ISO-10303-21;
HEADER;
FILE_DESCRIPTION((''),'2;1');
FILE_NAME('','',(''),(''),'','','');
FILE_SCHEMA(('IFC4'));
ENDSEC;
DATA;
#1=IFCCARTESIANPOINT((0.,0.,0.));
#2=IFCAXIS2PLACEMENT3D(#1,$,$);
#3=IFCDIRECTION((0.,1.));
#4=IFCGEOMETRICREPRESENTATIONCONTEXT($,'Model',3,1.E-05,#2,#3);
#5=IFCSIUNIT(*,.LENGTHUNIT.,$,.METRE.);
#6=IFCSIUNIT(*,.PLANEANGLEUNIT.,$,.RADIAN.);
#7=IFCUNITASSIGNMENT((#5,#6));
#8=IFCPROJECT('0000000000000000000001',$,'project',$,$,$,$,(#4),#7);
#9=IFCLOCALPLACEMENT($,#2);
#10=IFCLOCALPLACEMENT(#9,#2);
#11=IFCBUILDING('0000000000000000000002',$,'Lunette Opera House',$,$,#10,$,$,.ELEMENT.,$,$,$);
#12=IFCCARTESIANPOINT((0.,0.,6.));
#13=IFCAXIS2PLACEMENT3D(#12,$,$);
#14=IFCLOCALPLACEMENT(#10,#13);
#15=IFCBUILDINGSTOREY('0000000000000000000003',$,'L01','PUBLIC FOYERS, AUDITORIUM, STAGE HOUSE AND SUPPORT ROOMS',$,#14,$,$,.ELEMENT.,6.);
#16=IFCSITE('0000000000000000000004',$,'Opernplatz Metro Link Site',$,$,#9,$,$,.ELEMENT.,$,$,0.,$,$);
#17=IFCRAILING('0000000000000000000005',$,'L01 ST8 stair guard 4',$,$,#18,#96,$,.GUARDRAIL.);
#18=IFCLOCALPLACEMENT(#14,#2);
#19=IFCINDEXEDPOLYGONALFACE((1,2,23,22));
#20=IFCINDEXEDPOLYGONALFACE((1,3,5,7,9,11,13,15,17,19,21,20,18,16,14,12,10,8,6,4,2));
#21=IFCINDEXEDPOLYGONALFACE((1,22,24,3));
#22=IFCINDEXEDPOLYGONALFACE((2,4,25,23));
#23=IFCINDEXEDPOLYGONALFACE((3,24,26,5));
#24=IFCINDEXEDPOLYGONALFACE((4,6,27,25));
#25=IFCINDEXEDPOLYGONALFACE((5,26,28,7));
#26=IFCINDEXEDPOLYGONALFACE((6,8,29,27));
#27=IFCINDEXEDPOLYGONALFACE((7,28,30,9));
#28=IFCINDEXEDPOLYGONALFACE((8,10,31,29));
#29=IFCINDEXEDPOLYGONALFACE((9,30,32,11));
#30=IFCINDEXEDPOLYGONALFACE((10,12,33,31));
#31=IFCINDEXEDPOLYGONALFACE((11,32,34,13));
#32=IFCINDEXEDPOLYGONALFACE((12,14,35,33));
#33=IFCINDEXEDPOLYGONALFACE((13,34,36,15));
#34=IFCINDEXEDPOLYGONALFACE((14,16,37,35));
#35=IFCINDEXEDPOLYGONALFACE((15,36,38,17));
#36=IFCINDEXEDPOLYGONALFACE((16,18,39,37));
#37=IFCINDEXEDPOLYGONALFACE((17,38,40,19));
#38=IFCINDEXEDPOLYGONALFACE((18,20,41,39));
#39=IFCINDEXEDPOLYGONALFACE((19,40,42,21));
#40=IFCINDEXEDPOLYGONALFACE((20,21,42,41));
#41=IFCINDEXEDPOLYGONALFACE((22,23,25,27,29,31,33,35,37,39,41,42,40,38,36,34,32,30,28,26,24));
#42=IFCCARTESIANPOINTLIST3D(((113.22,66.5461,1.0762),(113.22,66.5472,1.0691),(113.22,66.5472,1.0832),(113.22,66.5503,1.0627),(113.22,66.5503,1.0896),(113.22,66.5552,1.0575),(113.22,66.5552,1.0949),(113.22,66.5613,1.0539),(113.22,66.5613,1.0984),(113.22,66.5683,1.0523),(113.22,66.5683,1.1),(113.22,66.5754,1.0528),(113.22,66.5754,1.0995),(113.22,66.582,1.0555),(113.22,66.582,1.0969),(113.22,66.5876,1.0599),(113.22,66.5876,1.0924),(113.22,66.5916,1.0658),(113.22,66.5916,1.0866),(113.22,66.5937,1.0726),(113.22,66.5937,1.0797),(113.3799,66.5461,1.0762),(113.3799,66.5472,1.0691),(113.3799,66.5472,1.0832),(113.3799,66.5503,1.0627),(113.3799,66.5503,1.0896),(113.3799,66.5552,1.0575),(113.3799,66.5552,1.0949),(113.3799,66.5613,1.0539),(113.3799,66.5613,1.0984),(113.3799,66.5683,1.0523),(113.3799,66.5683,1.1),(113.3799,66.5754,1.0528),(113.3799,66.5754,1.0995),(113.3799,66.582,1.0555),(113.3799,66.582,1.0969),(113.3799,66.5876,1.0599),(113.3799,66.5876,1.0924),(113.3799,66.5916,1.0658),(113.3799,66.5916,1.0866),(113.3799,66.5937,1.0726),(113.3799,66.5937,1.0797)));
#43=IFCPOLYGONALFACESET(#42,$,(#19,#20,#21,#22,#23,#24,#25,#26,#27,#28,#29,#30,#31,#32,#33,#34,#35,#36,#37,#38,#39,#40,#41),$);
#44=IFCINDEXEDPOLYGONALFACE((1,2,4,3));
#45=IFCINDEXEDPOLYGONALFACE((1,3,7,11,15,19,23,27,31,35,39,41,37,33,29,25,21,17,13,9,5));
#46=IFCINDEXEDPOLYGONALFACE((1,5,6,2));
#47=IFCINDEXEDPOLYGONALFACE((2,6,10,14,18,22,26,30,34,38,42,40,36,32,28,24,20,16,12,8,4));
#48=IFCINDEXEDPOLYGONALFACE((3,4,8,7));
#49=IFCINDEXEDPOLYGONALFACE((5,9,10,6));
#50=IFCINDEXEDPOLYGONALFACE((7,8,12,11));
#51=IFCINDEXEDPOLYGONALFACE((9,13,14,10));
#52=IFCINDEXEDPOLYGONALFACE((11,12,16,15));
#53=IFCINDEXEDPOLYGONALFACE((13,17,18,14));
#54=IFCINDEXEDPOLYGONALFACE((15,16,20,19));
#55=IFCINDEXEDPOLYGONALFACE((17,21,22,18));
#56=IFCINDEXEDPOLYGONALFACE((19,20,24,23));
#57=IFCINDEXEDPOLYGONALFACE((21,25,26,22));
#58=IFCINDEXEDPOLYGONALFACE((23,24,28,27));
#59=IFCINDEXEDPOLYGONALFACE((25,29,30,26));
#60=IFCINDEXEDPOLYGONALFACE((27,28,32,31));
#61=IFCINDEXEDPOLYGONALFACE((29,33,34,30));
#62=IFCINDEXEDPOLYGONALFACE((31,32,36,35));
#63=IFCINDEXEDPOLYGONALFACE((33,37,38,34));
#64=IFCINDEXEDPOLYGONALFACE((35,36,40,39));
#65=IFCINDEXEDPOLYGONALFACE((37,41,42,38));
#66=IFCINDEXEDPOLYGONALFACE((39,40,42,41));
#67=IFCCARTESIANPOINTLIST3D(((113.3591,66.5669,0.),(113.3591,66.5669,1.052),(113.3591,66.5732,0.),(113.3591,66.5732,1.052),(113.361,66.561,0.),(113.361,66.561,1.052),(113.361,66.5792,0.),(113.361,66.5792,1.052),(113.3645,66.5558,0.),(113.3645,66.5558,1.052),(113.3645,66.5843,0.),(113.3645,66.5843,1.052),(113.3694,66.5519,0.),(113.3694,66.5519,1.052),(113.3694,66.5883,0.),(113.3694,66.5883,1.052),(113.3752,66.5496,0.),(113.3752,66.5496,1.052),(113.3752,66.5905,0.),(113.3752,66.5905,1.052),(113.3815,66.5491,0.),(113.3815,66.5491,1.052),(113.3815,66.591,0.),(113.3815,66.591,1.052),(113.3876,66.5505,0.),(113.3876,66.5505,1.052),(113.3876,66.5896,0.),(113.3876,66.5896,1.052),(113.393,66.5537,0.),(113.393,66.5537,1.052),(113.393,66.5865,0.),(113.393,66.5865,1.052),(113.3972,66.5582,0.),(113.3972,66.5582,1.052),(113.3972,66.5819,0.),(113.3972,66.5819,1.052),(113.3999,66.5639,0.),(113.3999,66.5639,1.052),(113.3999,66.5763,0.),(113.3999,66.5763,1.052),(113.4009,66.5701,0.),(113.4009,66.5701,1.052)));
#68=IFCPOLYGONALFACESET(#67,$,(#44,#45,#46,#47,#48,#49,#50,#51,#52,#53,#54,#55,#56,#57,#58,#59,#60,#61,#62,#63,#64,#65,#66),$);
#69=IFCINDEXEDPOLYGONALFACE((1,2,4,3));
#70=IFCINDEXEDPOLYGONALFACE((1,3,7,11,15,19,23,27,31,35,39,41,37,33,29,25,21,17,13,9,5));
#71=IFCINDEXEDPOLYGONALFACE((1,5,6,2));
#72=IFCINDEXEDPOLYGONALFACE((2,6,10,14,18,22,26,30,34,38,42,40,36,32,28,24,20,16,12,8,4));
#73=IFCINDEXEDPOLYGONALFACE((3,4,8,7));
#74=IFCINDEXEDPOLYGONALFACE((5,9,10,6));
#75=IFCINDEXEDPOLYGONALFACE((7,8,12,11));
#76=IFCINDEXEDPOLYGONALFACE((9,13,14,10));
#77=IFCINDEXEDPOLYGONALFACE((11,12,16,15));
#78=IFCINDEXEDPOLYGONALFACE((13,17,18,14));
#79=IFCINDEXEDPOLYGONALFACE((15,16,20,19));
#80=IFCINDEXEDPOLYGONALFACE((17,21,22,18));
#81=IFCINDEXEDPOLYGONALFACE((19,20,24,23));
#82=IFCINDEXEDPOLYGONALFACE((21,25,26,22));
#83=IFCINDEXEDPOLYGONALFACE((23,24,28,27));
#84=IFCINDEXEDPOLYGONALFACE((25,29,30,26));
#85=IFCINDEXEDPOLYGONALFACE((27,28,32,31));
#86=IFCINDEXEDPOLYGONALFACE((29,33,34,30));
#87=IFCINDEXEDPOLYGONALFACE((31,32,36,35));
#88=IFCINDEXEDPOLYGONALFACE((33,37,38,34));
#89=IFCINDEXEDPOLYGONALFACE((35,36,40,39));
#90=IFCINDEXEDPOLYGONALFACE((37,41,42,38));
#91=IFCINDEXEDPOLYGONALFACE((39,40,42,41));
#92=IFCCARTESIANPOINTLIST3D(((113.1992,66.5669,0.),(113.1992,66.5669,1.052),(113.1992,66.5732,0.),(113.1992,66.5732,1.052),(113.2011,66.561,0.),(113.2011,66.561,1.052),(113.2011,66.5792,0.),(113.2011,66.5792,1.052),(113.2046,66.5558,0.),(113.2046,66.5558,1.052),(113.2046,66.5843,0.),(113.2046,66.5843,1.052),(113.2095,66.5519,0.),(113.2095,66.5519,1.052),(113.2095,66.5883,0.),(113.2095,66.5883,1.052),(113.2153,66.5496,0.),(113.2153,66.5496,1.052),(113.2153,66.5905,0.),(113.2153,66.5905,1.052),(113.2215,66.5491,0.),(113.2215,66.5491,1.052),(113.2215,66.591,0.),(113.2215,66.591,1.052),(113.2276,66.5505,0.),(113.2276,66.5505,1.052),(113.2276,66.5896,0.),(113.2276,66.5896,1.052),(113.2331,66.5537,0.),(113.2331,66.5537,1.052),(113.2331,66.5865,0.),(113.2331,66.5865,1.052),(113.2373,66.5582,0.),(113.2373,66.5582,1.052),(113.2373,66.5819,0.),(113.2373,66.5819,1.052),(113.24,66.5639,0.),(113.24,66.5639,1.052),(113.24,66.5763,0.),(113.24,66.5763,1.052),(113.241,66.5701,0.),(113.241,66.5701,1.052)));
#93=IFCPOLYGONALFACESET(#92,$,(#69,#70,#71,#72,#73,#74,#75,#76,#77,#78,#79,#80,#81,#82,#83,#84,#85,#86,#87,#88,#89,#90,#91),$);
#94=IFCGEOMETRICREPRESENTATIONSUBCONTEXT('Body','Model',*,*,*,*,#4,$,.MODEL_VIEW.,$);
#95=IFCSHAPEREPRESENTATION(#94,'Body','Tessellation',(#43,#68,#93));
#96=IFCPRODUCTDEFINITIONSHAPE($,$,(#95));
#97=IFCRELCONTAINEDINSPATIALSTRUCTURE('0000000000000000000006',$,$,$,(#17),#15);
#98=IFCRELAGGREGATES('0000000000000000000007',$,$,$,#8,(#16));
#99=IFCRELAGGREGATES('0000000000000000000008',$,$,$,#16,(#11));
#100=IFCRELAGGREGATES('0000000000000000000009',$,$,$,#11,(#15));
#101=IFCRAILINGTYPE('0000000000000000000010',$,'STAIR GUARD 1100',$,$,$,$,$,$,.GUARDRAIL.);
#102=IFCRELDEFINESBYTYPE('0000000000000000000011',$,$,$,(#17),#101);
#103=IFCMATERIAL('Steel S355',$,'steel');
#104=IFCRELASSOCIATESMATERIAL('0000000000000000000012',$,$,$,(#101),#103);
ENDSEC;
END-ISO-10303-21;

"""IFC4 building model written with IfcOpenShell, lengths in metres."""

from ifc_helpers import new_model, si_unit, direction, frame, origin, origin_2d, place, context, subcontext, project, spatial, circle, extrude, material, type_object, element, save


model = new_model("IFC4")

# Units and contexts
model_context = context("Model", 3, precision=1e-05, world=origin(), true_north=direction((0.0, 1.0)))
body_context = subcontext(model_context, "Body", "Model", "MODEL_VIEW")
ifc_project = project(units=[si_unit("LENGTHUNIT", "METRE"), si_unit("PLANEANGLEUNIT", "RADIAN")], contexts=[model_context])

# Site, building, storey
site_placement = place(None, origin())
site = spatial("IfcSite", under=ifc_project, at=site_placement, Name="Opernplatz Metro Link Site", CompositionType="ELEMENT", RefElevation=0.0)
building_placement = place(site_placement, origin())
building = spatial("IfcBuilding", under=site, at=building_placement, Name="Lunette Opera House", CompositionType="ELEMENT")
storey_placement = place(building_placement, frame((0.0, 0.0, 6.0)))
storey = spatial("IfcBuildingStorey", under=building, at=storey_placement, Name="L01", Description="PUBLIC FOYERS, AUDITORIUM, STAGE HOUSE AND SUPPORT ROOMS", CompositionType="ELEMENT", Elevation=6.0)

# Railing
ifc_material_1 = material(Name="Steel S355", Category="steel")
railing_type_1 = type_object("IfcRailingType", Name="STAIR GUARD 1100", PredefinedType="GUARDRAIL", material=ifc_material_1)
railing_1_placement = place(storey_placement, frame((113.3799, 66.5701, 0.0)))
element("IfcRailing", 1, at=railing_1_placement, inside=storey, type_object=railing_type_1, Name="L01 ST8 stair guard 4", PredefinedType="GUARDRAIL", context=body_context, shape_type="SweptSolid", body=[
    extrude(circle(Radius=0.0239, at=origin_2d()), frame((0.0, 0.0, 1.0762), z_axis=(-1.0, 0.0, 0.0), x_axis=(0.0, -1.0, 0.0)), (0.0, 0.0, 1.0), 0.1599),
    extrude(circle(Radius=0.021, at=origin_2d()), origin(), (0.0, 0.0, 1.0), 1.052),
    extrude(circle(Radius=0.021, at=origin_2d()), frame((-0.1599, 0.0, 0.0)), (0.0, 0.0, 1.0), 1.052),
])

save(model, "model.ifc")
